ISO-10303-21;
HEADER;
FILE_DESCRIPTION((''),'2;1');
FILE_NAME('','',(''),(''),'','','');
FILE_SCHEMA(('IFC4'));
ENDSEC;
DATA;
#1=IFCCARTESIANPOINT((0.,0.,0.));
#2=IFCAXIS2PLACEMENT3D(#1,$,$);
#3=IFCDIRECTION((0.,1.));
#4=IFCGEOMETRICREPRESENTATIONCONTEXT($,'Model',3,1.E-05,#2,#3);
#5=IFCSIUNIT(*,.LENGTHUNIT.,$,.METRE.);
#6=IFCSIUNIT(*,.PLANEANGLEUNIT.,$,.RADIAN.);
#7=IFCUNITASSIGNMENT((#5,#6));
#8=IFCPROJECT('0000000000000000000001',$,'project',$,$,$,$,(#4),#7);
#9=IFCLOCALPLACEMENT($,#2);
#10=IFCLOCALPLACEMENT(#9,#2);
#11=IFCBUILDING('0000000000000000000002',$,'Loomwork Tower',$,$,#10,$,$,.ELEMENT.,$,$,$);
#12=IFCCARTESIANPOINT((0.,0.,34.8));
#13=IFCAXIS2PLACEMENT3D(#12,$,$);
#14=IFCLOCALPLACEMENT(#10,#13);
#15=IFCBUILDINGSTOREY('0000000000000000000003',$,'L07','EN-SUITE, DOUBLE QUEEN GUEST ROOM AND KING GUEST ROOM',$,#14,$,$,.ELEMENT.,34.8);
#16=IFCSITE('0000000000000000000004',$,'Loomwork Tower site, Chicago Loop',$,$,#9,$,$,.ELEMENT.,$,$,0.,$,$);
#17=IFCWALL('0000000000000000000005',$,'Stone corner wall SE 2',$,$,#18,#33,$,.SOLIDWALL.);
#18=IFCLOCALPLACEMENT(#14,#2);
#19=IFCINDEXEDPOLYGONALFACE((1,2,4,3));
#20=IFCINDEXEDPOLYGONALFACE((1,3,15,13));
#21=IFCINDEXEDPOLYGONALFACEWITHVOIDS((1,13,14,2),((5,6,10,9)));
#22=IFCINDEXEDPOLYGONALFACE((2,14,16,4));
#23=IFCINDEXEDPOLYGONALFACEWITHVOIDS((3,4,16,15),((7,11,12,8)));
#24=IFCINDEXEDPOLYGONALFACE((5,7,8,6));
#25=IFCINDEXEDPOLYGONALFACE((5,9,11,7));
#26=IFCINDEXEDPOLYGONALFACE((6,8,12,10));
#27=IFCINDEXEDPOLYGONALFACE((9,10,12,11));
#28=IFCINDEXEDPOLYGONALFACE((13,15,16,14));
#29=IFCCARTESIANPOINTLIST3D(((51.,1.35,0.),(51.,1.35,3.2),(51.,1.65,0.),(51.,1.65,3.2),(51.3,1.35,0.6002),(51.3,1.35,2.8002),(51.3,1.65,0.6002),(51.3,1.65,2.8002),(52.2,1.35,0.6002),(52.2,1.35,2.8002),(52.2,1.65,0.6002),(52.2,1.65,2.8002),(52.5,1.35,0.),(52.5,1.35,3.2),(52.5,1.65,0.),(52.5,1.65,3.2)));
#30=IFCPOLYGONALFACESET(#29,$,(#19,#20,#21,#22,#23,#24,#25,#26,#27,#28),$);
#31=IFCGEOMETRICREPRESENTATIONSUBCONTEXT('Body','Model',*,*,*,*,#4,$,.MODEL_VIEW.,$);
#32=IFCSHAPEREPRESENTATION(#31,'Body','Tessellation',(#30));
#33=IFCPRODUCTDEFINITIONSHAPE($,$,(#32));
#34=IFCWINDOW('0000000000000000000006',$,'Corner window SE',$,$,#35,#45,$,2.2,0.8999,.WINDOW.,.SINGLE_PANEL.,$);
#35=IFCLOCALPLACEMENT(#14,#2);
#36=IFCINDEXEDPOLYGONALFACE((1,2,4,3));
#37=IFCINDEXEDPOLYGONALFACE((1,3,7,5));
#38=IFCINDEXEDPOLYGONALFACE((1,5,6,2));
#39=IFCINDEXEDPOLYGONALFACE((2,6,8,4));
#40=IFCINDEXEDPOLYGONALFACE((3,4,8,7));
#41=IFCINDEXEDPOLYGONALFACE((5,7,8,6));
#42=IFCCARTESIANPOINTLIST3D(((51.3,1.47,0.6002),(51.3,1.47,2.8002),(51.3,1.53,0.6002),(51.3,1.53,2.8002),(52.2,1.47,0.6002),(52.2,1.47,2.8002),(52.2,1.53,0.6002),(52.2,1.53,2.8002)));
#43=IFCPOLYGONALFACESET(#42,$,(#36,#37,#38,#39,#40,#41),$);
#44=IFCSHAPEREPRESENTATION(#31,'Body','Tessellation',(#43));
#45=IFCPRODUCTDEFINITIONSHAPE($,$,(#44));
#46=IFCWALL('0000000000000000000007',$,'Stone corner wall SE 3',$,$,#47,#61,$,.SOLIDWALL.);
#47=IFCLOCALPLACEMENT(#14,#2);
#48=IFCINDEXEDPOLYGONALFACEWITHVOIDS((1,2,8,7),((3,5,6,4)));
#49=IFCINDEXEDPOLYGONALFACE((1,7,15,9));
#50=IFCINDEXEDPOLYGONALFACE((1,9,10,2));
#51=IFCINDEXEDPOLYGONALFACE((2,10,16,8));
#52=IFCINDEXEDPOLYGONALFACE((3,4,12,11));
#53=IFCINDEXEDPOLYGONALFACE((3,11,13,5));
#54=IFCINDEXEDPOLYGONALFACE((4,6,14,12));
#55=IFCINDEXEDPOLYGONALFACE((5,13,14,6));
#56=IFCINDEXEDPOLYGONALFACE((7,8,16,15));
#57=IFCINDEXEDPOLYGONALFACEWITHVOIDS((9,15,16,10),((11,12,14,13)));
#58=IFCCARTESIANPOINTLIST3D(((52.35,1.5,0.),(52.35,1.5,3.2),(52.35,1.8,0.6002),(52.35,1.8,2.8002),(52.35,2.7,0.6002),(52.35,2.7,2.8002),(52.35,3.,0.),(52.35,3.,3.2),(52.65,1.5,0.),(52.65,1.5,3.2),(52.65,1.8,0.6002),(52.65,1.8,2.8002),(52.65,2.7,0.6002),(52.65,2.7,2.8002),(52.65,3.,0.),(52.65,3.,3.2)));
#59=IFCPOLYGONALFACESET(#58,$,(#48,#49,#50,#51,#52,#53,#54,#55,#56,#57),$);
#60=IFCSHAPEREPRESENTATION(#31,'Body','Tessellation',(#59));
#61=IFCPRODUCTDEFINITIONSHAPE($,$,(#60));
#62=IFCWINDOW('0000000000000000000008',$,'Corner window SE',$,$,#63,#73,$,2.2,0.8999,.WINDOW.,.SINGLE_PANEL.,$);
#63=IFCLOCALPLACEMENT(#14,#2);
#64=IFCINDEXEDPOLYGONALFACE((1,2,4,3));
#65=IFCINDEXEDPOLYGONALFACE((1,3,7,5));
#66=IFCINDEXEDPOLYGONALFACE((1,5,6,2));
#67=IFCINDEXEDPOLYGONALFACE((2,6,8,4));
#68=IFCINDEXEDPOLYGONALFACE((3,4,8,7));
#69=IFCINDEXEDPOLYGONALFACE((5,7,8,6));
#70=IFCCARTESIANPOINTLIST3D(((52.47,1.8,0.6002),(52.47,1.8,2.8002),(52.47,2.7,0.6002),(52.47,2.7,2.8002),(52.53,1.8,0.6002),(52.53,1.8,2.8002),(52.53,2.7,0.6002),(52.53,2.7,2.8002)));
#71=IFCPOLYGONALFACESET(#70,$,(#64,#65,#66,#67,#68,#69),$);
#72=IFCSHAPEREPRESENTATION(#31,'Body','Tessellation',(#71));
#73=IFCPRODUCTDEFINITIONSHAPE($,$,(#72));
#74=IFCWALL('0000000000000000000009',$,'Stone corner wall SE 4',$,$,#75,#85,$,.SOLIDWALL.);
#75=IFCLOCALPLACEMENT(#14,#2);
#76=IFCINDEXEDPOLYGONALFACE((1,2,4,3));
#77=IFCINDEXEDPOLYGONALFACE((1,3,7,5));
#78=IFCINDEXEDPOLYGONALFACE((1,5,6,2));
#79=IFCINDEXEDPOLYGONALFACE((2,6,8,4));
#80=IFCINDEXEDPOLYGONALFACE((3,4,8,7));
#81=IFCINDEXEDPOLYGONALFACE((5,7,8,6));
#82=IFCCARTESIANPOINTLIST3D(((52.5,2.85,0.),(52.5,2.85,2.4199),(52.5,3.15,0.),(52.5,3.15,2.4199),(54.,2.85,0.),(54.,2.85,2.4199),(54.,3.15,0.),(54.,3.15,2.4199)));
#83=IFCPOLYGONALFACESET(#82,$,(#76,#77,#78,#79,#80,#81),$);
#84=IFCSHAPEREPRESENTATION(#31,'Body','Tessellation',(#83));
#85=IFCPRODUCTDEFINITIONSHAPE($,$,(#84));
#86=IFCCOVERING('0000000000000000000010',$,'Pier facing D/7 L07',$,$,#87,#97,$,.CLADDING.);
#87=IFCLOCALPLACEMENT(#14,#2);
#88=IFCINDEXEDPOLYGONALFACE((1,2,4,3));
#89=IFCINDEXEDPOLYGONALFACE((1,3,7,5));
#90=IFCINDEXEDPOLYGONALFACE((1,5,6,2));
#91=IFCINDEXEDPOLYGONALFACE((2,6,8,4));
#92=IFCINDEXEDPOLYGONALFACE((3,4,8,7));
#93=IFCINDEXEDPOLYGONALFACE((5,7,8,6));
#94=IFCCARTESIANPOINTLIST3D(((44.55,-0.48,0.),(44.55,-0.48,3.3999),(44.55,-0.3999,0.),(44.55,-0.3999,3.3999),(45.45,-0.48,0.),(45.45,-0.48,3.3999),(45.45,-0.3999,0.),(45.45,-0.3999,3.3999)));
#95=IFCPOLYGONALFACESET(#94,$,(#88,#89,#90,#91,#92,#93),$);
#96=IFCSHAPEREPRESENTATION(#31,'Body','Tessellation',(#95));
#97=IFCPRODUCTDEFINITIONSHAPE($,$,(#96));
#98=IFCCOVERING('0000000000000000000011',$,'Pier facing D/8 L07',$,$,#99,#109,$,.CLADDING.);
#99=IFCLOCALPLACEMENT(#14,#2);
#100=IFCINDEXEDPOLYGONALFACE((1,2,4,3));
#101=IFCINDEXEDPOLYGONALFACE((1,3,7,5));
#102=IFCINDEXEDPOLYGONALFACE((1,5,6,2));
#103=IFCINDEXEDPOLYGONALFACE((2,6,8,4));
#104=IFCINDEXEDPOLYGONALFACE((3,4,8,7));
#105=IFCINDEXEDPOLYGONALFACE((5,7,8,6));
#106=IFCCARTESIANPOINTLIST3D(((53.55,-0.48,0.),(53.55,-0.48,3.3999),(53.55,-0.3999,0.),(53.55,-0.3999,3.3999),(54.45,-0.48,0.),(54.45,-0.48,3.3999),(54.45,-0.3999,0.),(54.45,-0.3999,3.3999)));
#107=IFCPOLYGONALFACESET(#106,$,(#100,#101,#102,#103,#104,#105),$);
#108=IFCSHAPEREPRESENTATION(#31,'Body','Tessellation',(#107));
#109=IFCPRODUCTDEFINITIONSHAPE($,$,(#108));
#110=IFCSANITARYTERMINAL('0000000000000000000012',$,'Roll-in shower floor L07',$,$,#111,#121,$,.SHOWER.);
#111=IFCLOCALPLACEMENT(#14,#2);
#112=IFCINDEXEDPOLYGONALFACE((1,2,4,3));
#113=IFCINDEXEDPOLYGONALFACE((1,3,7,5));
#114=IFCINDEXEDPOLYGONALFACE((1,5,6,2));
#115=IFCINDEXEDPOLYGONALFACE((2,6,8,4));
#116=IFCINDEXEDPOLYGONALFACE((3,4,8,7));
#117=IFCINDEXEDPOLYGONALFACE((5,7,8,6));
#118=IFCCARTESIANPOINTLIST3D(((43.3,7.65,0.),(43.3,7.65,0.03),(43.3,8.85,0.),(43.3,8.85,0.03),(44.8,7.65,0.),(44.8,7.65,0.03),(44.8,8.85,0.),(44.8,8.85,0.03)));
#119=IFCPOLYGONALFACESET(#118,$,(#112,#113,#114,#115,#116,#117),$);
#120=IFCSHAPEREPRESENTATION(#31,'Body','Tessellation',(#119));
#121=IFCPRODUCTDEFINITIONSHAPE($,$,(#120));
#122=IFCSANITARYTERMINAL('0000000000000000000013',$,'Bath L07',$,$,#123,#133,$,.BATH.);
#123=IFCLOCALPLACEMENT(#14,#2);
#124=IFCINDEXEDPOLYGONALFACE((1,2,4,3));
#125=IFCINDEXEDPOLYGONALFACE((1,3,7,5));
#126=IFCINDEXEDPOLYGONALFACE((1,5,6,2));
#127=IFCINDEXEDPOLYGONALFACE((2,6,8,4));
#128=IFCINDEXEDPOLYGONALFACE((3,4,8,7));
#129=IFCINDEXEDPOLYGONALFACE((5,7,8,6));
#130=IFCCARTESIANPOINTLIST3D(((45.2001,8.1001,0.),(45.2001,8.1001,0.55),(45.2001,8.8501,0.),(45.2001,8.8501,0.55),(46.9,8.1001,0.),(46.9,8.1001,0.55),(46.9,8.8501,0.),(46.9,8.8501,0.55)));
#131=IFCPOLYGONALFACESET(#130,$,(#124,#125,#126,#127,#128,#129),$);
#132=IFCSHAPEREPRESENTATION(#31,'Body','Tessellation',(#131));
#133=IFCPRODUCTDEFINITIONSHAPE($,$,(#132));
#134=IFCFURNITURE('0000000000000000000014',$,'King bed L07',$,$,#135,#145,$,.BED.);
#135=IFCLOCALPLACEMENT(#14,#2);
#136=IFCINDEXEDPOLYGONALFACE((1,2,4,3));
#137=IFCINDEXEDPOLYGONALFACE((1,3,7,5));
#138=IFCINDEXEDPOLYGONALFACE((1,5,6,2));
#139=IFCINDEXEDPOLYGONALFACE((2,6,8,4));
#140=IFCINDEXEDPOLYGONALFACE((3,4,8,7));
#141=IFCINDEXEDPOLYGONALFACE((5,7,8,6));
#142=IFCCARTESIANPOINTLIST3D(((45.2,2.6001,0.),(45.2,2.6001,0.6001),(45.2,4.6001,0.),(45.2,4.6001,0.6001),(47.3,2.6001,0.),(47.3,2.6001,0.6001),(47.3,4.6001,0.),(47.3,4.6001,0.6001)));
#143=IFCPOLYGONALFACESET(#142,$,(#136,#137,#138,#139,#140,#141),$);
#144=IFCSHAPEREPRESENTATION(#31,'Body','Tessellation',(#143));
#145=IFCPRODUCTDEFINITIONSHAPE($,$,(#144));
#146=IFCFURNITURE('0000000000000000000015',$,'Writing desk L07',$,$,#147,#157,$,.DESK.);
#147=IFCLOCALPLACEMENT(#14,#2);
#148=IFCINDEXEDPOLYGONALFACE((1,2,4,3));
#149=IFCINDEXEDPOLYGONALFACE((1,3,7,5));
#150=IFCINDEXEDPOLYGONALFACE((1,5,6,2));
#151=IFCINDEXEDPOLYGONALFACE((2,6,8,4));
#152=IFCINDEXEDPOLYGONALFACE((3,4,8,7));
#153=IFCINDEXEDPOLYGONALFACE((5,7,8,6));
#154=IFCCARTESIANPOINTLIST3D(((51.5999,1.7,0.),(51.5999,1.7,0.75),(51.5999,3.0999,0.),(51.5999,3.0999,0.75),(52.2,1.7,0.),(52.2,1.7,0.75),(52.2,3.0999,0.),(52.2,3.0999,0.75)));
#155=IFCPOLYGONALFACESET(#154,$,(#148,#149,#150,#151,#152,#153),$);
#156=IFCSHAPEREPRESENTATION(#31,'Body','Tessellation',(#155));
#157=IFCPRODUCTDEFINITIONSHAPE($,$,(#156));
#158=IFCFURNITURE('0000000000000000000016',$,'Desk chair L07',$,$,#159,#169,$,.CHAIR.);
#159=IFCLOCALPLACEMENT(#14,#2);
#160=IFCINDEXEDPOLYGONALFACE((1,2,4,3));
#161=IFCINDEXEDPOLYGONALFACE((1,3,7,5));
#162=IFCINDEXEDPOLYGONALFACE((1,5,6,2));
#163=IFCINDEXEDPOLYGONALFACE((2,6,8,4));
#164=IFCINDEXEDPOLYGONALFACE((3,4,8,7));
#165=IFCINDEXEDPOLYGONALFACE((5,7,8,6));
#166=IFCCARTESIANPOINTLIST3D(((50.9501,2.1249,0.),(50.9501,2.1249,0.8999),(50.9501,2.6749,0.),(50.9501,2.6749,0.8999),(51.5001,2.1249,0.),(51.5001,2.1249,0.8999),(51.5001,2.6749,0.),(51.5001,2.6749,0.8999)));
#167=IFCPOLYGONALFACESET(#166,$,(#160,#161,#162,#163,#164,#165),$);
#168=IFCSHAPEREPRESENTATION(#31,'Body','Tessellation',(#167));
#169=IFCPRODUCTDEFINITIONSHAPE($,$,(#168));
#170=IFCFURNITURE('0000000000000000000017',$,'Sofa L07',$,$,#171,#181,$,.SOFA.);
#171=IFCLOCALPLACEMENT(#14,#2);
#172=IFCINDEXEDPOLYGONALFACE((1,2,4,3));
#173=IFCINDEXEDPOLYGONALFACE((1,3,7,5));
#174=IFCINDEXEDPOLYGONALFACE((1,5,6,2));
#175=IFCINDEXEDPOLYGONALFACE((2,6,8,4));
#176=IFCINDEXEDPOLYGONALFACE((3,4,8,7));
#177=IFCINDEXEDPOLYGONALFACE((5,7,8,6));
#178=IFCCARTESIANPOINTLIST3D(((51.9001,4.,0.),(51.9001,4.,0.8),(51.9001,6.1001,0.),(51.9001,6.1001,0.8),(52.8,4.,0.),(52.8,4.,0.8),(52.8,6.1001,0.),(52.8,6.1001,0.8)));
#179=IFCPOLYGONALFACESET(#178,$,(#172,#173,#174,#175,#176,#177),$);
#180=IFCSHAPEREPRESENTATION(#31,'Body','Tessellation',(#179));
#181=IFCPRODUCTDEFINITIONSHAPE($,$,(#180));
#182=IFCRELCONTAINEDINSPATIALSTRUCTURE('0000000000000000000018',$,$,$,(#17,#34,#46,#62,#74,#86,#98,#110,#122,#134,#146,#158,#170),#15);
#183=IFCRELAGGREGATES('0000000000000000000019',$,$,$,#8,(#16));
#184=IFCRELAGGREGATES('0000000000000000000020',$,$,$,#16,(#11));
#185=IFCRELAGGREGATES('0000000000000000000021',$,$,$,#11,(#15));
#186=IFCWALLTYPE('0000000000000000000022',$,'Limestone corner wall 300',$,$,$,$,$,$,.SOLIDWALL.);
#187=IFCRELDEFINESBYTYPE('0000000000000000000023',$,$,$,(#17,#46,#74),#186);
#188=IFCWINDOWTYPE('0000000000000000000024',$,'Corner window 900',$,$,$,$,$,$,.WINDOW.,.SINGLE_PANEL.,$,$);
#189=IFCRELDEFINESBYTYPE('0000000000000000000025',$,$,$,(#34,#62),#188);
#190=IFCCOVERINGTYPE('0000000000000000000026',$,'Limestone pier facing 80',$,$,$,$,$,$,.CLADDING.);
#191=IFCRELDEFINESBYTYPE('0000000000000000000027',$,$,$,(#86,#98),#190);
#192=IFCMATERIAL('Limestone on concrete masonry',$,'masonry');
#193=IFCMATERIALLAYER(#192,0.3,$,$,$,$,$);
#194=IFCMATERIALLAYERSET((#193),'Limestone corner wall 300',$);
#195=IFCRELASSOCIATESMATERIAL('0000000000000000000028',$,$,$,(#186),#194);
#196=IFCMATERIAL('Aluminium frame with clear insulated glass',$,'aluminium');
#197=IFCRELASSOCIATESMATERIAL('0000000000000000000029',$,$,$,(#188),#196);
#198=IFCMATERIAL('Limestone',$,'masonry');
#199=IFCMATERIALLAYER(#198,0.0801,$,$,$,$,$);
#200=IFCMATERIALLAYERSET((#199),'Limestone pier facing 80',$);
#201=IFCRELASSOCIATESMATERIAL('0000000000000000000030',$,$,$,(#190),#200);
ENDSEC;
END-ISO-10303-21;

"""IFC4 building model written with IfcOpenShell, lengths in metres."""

from ifc_helpers import new_model, si_unit, direction, frame, frame_2d, origin, origin_2d, place, context, subcontext, project, spatial, rectangle, extrude, material, layer, layer_set, type_object, element, fill, save


model = new_model("IFC4")

# Units and contexts
model_context = context("Model", 3, precision=1e-05, world=origin(), true_north=direction((0.0, 1.0)))
body_context = subcontext(model_context, "Body", "Model", "MODEL_VIEW")
ifc_project = project(units=[si_unit("LENGTHUNIT", "METRE"), si_unit("PLANEANGLEUNIT", "RADIAN")], contexts=[model_context])

# Site, building, storey
site_placement = place(None, origin())
site = spatial("IfcSite", under=ifc_project, at=site_placement, Name="Loomwork Tower site, Chicago Loop", CompositionType="ELEMENT", RefElevation=0.0)
building_placement = place(site_placement, origin())
building = spatial("IfcBuilding", under=site, at=building_placement, Name="Loomwork Tower", CompositionType="ELEMENT")
storey_placement = place(building_placement, frame((0.0, 0.0, 34.8)))
storey = spatial("IfcBuildingStorey", under=building, at=storey_placement, Name="L07", Description="EN-SUITE, DOUBLE QUEEN GUEST ROOM AND KING GUEST ROOM", CompositionType="ELEMENT", Elevation=34.8)

# Shared definitions
ifc_material_1 = material(Name="Limestone on concrete masonry", Category="masonry")
ifc_layer_1 = layer(ifc_material_1, 0.3)
ifc_layer_set_1 = layer_set([ifc_layer_1], Name="Limestone corner wall 300")
wall_type_1 = type_object("IfcWallType", Name="Limestone corner wall 300", PredefinedType="SOLIDWALL", material=ifc_layer_set_1)

# Walls, openings, windows
wall_1_placement = place(storey_placement, frame((51.0, 1.5, 0.0), z_axis=(0.0, 0.0, 1.0), x_axis=(1.0, 0.0, 0.0)))
wall_1 = element("IfcWall", 1, at=wall_1_placement, inside=storey, type_object=wall_type_1, Name="Stone corner wall SE 2", PredefinedType="SOLIDWALL", context=body_context, shape_type="SweptSolid", body=[
    extrude(rectangle(XDim=1.5, YDim=0.3, at=frame_2d((0.75, 0.0))), origin(), (0.0, 0.0, 1.0), 3.2),
])
opening_1_placement = place(wall_1_placement, frame((0.3, 0.0, 0.6001)))
opening_1 = element("IfcOpeningElement", 2, at=opening_1_placement, cuts=wall_1, PredefinedType="OPENING", context=body_context, shape_type="SweptSolid", body=[
    extrude(rectangle(XDim=0.8999, YDim=2.2, at=frame_2d((0.45, 1.1001))), frame((0.0, 0.1599, 0.0), z_axis=(0.0, -1.0, 0.0), x_axis=(1.0, 0.0, 0.0)), (0.0, 0.0, 1.0), 0.3201),
])
ifc_material_2 = material(Name="Aluminium frame with clear insulated glass", Category="aluminium")
window_type_1 = type_object("IfcWindowType", Name="Corner window 900", PartitioningType="SINGLE_PANEL", PredefinedType="WINDOW", material=ifc_material_2)
window_1_placement = place(opening_1_placement, origin())
window_1 = element("IfcWindow", 3, at=window_1_placement, inside=storey, type_object=window_type_1, Name="Corner window SE", OverallHeight=2.2, OverallWidth=0.8999, PartitioningType="SINGLE_PANEL", PredefinedType="WINDOW", context=body_context, shape_type="SweptSolid", body=[
    extrude(rectangle(XDim=0.8999, YDim=2.2, at=frame_2d((0.45, 1.1001))), frame((0.0, 0.03, 0.0), z_axis=(0.0, -1.0, 0.0), x_axis=(1.0, 0.0, 0.0)), (0.0, 0.0, 1.0), 0.0601),
])
fill(opening_1, window_1)
wall_2_placement = place(storey_placement, frame((52.5, 1.5, 0.0), z_axis=(0.0, 0.0, 1.0), x_axis=(0.0, 1.0, 0.0)))
wall_2 = element("IfcWall", 4, at=wall_2_placement, inside=storey, type_object=wall_type_1, Name="Stone corner wall SE 3", PredefinedType="SOLIDWALL", context=body_context, shape_type="SweptSolid", body=[
    extrude(rectangle(XDim=1.5, YDim=0.3, at=frame_2d((0.75, 0.0))), origin(), (0.0, 0.0, 1.0), 3.2),
])
opening_2_placement = place(wall_2_placement, frame((0.3, 0.0, 0.6001)))
opening_2 = element("IfcOpeningElement", 5, at=opening_2_placement, cuts=wall_2, PredefinedType="OPENING", context=body_context, shape_type="SweptSolid", body=[
    extrude(rectangle(XDim=0.8999, YDim=2.2, at=frame_2d((0.45, 1.1001))), frame((0.0, 0.1599, 0.0), z_axis=(0.0, -1.0, 0.0), x_axis=(1.0, 0.0, 0.0)), (0.0, 0.0, 1.0), 0.3201),
])
window_2_placement = place(opening_2_placement, origin())
window_2 = element("IfcWindow", 6, at=window_2_placement, inside=storey, type_object=window_type_1, Name="Corner window SE", OverallHeight=2.2, OverallWidth=0.8999, PartitioningType="SINGLE_PANEL", PredefinedType="WINDOW", context=body_context, shape_type="SweptSolid", body=[
    extrude(rectangle(XDim=0.8999, YDim=2.2, at=frame_2d((0.45, 1.1001))), frame((0.0, 0.03, 0.0), z_axis=(0.0, -1.0, 0.0), x_axis=(1.0, 0.0, 0.0)), (0.0, 0.0, 1.0), 0.0601),
])
fill(opening_2, window_2)

# Wall
wall_3_placement = place(storey_placement, frame((52.5, 3.0, 0.0), z_axis=(0.0, 0.0, 1.0), x_axis=(1.0, 0.0, 0.0)))
element("IfcWall", 7, at=wall_3_placement, inside=storey, type_object=wall_type_1, Name="Stone corner wall SE 4", PredefinedType="SOLIDWALL", context=body_context, shape_type="SweptSolid", body=[
    extrude(rectangle(XDim=1.5, YDim=0.3, at=frame_2d((0.75, 0.0))), origin(), (0.0, 0.0, 1.0), 2.4199),
])

# Coverings
ifc_material_3 = material(Name="Limestone", Category="masonry")
ifc_layer_2 = layer(ifc_material_3, 0.0801)
ifc_layer_set_2 = layer_set([ifc_layer_2], Name="Limestone pier facing 80")
covering_type = type_object("IfcCoveringType", Name="Limestone pier facing 80", PredefinedType="CLADDING", material=ifc_layer_set_2)
for number, where, z_axis, x_axis, name in (
    (8, (45.0, -0.4399, 0.0), (0.0, 0.0, 1.0), (1.0, 0.0, 0.0), "Pier facing D/7 L07"),
    (9, (54.0, -0.4399, 0.0), (0.0, 0.0, 1.0), (1.0, 0.0, 0.0), "Pier facing D/8 L07"),
):
    element("IfcCovering", number, at=place(storey_placement, frame(where, z_axis=z_axis, x_axis=x_axis)), inside=storey, type_object=covering_type, Name=name, PredefinedType="CLADDING", context=body_context, shape_type="SweptSolid", body=[
        extrude(rectangle(XDim=0.8999, YDim=0.0801, at=origin_2d()), origin(), (0.0, 0.0, 1.0), 3.3999),
    ])

# Sanitary terminals
sanitary_terminal_1_placement = place(storey_placement, frame((44.05, 8.25, 0.0), z_axis=(0.0, 0.0, 1.0), x_axis=(1.0, 0.0, 0.0)))
element("IfcSanitaryTerminal", 10, at=sanitary_terminal_1_placement, inside=storey, Name="Roll-in shower floor L07", PredefinedType="SHOWER", context=body_context, shape_type="SweptSolid", body=[
    extrude(rectangle(XDim=1.5, YDim=1.2, at=origin_2d()), origin(), (0.0, 0.0, 1.0), 0.03),
])
sanitary_terminal_2_placement = place(storey_placement, frame((46.05, 8.4751, 0.0), z_axis=(0.0, 0.0, 1.0), x_axis=(1.0, 0.0, 0.0)))
element("IfcSanitaryTerminal", 11, at=sanitary_terminal_2_placement, inside=storey, Name="Bath L07", PredefinedType="BATH", context=body_context, shape_type="SweptSolid", body=[
    extrude(rectangle(XDim=1.7, YDim=0.75, at=origin_2d()), origin(), (0.0, 0.0, 1.0), 0.55),
])

# Furniture
furniture_1_placement = place(storey_placement, frame((46.25, 3.6001, 0.0), z_axis=(0.0, 0.0, 1.0), x_axis=(1.0, 0.0, 0.0)))
element("IfcFurniture", 12, at=furniture_1_placement, inside=storey, Name="King bed L07", PredefinedType="BED", context=body_context, shape_type="SweptSolid", body=[
    extrude(rectangle(XDim=2.1001, YDim=2.0, at=origin_2d()), origin(), (0.0, 0.0, 1.0), 0.6001),
])
furniture_2_placement = place(storey_placement, frame((51.8999, 2.3999, 0.0), z_axis=(0.0, 0.0, 1.0), x_axis=(1.0, 0.0, 0.0)))
element("IfcFurniture", 13, at=furniture_2_placement, inside=storey, Name="Writing desk L07", PredefinedType="DESK", context=body_context, shape_type="SweptSolid", body=[
    extrude(rectangle(XDim=0.6001, YDim=1.3999, at=origin_2d()), origin(), (0.0, 0.0, 1.0), 0.75),
])
furniture_3_placement = place(storey_placement, frame((51.2251, 2.3999, 0.0), z_axis=(0.0, 0.0, 1.0), x_axis=(1.0, 0.0, 0.0)))
element("IfcFurniture", 14, at=furniture_3_placement, inside=storey, Name="Desk chair L07", PredefinedType="CHAIR", context=body_context, shape_type="SweptSolid", body=[
    extrude(rectangle(XDim=0.55, YDim=0.55, at=origin_2d()), origin(), (0.0, 0.0, 1.0), 0.8999),
])
furniture_4_placement = place(storey_placement, frame((52.3501, 5.05, 0.0), z_axis=(0.0, 0.0, 1.0), x_axis=(1.0, 0.0, 0.0)))
element("IfcFurniture", 15, at=furniture_4_placement, inside=storey, Name="Sofa L07", PredefinedType="SOFA", context=body_context, shape_type="SweptSolid", body=[
    extrude(rectangle(XDim=0.8999, YDim=2.1001, at=origin_2d()), origin(), (0.0, 0.0, 1.0), 0.8),
])

save(model, "model.ifc")
